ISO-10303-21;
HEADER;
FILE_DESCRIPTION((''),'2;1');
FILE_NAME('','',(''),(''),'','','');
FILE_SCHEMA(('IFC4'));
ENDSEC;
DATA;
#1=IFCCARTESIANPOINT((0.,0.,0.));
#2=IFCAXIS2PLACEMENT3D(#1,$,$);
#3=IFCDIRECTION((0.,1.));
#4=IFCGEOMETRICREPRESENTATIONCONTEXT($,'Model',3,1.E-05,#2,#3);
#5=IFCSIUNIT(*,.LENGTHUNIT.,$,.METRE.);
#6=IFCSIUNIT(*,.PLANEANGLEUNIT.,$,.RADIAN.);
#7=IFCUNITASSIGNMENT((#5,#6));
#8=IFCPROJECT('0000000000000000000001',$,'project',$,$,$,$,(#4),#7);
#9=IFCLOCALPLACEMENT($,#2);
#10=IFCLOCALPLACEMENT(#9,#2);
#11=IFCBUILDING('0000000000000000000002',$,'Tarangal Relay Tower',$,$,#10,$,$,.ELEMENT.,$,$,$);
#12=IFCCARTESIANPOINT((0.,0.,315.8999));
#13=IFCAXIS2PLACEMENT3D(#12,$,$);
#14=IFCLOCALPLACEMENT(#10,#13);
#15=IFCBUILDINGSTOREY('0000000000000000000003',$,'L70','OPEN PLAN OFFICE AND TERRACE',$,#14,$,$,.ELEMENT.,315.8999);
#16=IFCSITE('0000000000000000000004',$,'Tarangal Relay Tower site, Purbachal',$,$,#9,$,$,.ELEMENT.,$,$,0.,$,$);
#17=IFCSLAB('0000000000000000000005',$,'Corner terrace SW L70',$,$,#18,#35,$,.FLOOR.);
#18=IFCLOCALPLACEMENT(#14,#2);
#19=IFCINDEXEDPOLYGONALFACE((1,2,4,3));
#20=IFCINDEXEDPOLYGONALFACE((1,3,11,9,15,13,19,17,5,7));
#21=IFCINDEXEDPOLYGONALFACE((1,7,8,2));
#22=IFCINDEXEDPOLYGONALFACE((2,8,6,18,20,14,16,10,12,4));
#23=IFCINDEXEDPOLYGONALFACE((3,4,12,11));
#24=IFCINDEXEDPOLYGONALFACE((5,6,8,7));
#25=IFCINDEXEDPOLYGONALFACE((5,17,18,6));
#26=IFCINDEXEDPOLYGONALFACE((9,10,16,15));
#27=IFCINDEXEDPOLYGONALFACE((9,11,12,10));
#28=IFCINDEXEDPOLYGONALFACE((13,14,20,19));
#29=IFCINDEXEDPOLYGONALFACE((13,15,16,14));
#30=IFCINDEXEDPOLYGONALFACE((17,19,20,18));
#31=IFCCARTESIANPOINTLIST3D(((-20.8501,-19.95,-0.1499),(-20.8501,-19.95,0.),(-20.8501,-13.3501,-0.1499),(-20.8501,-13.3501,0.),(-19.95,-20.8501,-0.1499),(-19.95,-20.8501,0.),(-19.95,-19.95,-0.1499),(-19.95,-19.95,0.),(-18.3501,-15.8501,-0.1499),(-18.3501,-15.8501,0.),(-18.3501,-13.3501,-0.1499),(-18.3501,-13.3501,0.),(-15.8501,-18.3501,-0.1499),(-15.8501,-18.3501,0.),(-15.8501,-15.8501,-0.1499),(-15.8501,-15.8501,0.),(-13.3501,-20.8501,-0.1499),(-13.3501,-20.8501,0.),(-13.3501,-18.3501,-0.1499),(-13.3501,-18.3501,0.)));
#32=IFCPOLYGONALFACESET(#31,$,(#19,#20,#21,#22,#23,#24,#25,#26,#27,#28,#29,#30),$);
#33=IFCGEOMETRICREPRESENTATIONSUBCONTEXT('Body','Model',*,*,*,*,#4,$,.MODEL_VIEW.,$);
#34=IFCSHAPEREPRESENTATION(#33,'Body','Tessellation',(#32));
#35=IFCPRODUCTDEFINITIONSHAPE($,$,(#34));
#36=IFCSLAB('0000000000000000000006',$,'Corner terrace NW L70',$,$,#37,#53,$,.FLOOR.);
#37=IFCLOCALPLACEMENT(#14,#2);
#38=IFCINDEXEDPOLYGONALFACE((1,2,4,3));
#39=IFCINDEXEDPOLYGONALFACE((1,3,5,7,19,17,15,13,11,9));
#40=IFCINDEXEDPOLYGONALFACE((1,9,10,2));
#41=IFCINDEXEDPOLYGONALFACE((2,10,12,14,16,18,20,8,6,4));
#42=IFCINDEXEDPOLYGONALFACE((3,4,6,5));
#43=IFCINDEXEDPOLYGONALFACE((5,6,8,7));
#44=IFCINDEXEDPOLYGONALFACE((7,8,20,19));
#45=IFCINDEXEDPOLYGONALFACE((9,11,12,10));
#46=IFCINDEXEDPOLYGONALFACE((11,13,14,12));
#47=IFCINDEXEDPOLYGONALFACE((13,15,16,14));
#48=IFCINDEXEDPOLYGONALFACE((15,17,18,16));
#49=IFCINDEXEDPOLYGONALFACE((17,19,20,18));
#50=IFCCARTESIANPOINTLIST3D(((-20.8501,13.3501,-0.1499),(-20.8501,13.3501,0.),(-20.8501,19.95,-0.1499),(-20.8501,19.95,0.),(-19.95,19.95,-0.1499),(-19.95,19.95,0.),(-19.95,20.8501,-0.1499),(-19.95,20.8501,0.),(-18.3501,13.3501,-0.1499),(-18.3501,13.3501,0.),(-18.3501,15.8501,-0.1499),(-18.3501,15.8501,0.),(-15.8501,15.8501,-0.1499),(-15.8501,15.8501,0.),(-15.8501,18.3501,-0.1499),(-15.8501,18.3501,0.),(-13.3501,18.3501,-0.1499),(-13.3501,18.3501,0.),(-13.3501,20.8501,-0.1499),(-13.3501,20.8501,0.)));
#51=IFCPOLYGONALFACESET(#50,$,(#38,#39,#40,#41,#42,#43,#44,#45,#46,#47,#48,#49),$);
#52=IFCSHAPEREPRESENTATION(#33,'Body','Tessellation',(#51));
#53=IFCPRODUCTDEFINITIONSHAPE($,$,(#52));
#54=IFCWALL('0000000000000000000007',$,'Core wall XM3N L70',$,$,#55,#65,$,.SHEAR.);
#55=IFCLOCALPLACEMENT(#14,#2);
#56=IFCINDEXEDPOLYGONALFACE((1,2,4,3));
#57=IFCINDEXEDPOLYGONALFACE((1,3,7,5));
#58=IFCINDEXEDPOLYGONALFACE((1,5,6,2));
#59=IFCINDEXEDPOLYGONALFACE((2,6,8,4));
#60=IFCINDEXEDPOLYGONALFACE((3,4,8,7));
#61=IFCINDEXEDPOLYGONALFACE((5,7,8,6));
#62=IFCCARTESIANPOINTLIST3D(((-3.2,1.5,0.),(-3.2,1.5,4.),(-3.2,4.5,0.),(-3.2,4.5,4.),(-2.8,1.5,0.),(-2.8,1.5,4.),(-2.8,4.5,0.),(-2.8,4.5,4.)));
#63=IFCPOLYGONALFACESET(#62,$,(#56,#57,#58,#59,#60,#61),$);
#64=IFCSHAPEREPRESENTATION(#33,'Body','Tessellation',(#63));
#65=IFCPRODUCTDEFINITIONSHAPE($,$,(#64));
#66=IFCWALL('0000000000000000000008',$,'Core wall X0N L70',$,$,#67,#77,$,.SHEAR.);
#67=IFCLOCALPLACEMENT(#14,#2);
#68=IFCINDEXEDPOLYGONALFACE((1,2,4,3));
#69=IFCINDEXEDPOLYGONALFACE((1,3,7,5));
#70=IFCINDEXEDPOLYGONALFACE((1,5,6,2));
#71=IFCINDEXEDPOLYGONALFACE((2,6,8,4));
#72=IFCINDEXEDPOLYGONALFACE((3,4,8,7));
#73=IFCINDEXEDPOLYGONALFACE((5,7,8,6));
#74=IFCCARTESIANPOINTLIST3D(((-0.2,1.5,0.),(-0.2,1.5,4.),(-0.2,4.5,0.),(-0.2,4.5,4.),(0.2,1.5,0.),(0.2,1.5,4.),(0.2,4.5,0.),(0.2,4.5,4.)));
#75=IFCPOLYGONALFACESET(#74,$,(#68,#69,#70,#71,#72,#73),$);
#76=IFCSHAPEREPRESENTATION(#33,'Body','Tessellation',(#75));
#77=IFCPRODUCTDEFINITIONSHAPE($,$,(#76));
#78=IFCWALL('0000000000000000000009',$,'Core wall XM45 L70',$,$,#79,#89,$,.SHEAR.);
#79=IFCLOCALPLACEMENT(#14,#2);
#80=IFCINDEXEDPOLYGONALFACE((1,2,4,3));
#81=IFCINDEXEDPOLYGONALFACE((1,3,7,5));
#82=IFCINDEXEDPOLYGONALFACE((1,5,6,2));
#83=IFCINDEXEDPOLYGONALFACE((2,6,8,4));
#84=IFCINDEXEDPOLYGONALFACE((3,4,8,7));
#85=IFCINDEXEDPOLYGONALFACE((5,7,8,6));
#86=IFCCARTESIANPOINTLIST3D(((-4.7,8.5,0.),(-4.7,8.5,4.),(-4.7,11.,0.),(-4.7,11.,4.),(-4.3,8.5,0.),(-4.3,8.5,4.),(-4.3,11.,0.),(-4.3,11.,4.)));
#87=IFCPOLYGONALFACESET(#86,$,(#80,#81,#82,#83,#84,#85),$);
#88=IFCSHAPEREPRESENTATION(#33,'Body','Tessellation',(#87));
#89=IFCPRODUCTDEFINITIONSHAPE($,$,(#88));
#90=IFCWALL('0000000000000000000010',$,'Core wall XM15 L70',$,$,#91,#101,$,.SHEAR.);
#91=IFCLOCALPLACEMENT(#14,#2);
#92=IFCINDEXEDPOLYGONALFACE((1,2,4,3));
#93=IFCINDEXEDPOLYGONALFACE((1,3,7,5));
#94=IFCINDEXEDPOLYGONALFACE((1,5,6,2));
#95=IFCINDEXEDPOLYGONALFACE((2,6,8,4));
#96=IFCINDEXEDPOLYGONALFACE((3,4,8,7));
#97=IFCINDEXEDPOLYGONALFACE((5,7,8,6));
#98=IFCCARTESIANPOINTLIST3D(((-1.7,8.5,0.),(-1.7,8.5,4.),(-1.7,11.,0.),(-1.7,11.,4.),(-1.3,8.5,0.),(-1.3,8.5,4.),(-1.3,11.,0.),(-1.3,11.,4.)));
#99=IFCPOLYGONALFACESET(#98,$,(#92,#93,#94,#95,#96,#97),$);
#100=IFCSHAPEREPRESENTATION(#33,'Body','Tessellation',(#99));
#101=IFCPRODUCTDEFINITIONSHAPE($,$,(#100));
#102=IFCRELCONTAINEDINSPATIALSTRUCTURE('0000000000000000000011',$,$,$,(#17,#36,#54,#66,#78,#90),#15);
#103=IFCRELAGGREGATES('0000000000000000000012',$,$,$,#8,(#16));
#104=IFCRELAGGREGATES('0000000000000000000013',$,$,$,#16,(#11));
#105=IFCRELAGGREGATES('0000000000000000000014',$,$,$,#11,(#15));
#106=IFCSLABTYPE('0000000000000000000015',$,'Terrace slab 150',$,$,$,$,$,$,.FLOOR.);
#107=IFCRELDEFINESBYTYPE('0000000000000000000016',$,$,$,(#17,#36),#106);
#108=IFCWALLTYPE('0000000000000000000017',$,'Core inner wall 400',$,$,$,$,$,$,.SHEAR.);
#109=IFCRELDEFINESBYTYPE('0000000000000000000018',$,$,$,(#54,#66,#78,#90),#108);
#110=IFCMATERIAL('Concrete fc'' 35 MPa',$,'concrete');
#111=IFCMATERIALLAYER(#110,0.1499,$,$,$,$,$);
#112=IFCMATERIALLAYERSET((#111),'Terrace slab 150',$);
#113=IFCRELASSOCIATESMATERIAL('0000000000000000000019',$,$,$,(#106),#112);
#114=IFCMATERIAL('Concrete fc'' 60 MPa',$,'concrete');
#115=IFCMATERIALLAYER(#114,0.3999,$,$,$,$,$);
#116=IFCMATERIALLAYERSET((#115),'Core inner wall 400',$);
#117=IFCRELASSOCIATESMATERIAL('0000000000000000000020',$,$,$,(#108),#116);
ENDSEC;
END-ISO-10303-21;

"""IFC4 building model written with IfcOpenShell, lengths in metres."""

from ifc_helpers import new_model, si_unit, direction, frame, frame_2d, origin, place, context, subcontext, project, spatial, polyline, rectangle, outline, extrude, material, layer, layer_set, type_object, element, save


model = new_model("IFC4")

# Units and contexts
model_context = context("Model", 3, precision=1e-05, world=origin(), true_north=direction((0.0, 1.0)))
body_context = subcontext(model_context, "Body", "Model", "MODEL_VIEW")
ifc_project = project(units=[si_unit("LENGTHUNIT", "METRE"), si_unit("PLANEANGLEUNIT", "RADIAN")], contexts=[model_context])

# Site, building, storey
site_placement = place(None, origin())
site = spatial("IfcSite", under=ifc_project, at=site_placement, Name="Tarangal Relay Tower site, Purbachal", CompositionType="ELEMENT", RefElevation=0.0)
building_placement = place(site_placement, origin())
building = spatial("IfcBuilding", under=site, at=building_placement, Name="Tarangal Relay Tower", CompositionType="ELEMENT")
storey_placement = place(building_placement, frame((0.0, 0.0, 315.8999)))
storey = spatial("IfcBuildingStorey", under=building, at=storey_placement, Name="L70", Description="OPEN PLAN OFFICE AND TERRACE", CompositionType="ELEMENT", Elevation=315.8999)

# Slabs
ifc_material_1 = material(Name="Concrete fc' 35 MPa", Category="concrete")
ifc_layer_1 = layer(ifc_material_1, 0.1499)
ifc_layer_set_1 = layer_set([ifc_layer_1], Name="Terrace slab 150")
slab_type_1 = type_object("IfcSlabType", Name="Terrace slab 150", PredefinedType="FLOOR", material=ifc_layer_set_1)
slab_1_placement = place(storey_placement, frame((0.0, 0.0, -0.1499)))
element("IfcSlab", 1, at=slab_1_placement, inside=storey, type_object=slab_type_1, Name="Corner terrace SW L70", PredefinedType="FLOOR", context=body_context, shape_type="SweptSolid", body=[
    extrude(outline(polyline([(-13.3501, -20.8501), (-13.3501, -18.3501), (-15.8501, -18.3501), (-15.8501, -15.8501), (-18.3501, -15.8501), (-18.3501, -13.3501), (-20.8501, -13.3501), (-20.8501, -19.95), (-19.95, -19.95), (-19.95, -20.8501), (-13.3501, -20.8501)])), origin(), (0.0, 0.0, 1.0), 0.1499),
])
slab_2_placement = place(storey_placement, frame((0.0, 0.0, -0.1499)))
element("IfcSlab", 2, at=slab_2_placement, inside=storey, type_object=slab_type_1, Name="Corner terrace NW L70", PredefinedType="FLOOR", context=body_context, shape_type="SweptSolid", body=[
    extrude(outline(polyline([(-20.8501, 13.3501), (-18.3501, 13.3501), (-18.3501, 15.8501), (-15.8501, 15.8501), (-15.8501, 18.3501), (-13.3501, 18.3501), (-13.3501, 20.8501), (-19.95, 20.8501), (-19.95, 19.95), (-20.8501, 19.95), (-20.8501, 13.3501)])), origin(), (0.0, 0.0, 1.0), 0.1499),
])

# Walls
ifc_material_2 = material(Name="Concrete fc' 60 MPa", Category="concrete")
ifc_layer_2 = layer(ifc_material_2, 0.3999)
ifc_layer_set_2 = layer_set([ifc_layer_2], Name="Core inner wall 400")
wall_type = type_object("IfcWallType", Name="Core inner wall 400", PredefinedType="SHEAR", material=ifc_layer_set_2)
for number, where, z_axis, x_axis, name in (
    (3, (-3.0, 1.5, 0.0), (0.0, 0.0, 1.0), (0.0, 1.0, 0.0), "Core wall XM3N L70"),
    (4, (0.0, 1.5, 0.0), (0.0, 0.0, 1.0), (0.0, 1.0, 0.0), "Core wall X0N L70"),
):
    element("IfcWall", number, at=place(storey_placement, frame(where, z_axis=z_axis, x_axis=x_axis)), inside=storey, type_object=wall_type, Name=name, PredefinedType="SHEAR", context=body_context, shape_type="SweptSolid", body=[
        extrude(rectangle(XDim=3.0, YDim=0.3999, at=frame_2d((1.5, 0.0))), origin(), (0.0, 0.0, 1.0), 4.0),
    ])
for number, where, z_axis, x_axis, name in (
    (5, (-4.5, 8.5, 0.0), (0.0, 0.0, 1.0), (0.0, 1.0, 0.0), "Core wall XM45 L70"),
    (6, (-1.5, 8.5, 0.0), (0.0, 0.0, 1.0), (0.0, 1.0, 0.0), "Core wall XM15 L70"),
):
    element("IfcWall", number, at=place(storey_placement, frame(where, z_axis=z_axis, x_axis=x_axis)), inside=storey, type_object=wall_type, Name=name, PredefinedType="SHEAR", context=body_context, shape_type="SweptSolid", body=[
        extrude(rectangle(XDim=2.5, YDim=0.3999, at=frame_2d((1.25, 0.0))), origin(), (0.0, 0.0, 1.0), 4.0),
    ])

save(model, "model.ifc")
